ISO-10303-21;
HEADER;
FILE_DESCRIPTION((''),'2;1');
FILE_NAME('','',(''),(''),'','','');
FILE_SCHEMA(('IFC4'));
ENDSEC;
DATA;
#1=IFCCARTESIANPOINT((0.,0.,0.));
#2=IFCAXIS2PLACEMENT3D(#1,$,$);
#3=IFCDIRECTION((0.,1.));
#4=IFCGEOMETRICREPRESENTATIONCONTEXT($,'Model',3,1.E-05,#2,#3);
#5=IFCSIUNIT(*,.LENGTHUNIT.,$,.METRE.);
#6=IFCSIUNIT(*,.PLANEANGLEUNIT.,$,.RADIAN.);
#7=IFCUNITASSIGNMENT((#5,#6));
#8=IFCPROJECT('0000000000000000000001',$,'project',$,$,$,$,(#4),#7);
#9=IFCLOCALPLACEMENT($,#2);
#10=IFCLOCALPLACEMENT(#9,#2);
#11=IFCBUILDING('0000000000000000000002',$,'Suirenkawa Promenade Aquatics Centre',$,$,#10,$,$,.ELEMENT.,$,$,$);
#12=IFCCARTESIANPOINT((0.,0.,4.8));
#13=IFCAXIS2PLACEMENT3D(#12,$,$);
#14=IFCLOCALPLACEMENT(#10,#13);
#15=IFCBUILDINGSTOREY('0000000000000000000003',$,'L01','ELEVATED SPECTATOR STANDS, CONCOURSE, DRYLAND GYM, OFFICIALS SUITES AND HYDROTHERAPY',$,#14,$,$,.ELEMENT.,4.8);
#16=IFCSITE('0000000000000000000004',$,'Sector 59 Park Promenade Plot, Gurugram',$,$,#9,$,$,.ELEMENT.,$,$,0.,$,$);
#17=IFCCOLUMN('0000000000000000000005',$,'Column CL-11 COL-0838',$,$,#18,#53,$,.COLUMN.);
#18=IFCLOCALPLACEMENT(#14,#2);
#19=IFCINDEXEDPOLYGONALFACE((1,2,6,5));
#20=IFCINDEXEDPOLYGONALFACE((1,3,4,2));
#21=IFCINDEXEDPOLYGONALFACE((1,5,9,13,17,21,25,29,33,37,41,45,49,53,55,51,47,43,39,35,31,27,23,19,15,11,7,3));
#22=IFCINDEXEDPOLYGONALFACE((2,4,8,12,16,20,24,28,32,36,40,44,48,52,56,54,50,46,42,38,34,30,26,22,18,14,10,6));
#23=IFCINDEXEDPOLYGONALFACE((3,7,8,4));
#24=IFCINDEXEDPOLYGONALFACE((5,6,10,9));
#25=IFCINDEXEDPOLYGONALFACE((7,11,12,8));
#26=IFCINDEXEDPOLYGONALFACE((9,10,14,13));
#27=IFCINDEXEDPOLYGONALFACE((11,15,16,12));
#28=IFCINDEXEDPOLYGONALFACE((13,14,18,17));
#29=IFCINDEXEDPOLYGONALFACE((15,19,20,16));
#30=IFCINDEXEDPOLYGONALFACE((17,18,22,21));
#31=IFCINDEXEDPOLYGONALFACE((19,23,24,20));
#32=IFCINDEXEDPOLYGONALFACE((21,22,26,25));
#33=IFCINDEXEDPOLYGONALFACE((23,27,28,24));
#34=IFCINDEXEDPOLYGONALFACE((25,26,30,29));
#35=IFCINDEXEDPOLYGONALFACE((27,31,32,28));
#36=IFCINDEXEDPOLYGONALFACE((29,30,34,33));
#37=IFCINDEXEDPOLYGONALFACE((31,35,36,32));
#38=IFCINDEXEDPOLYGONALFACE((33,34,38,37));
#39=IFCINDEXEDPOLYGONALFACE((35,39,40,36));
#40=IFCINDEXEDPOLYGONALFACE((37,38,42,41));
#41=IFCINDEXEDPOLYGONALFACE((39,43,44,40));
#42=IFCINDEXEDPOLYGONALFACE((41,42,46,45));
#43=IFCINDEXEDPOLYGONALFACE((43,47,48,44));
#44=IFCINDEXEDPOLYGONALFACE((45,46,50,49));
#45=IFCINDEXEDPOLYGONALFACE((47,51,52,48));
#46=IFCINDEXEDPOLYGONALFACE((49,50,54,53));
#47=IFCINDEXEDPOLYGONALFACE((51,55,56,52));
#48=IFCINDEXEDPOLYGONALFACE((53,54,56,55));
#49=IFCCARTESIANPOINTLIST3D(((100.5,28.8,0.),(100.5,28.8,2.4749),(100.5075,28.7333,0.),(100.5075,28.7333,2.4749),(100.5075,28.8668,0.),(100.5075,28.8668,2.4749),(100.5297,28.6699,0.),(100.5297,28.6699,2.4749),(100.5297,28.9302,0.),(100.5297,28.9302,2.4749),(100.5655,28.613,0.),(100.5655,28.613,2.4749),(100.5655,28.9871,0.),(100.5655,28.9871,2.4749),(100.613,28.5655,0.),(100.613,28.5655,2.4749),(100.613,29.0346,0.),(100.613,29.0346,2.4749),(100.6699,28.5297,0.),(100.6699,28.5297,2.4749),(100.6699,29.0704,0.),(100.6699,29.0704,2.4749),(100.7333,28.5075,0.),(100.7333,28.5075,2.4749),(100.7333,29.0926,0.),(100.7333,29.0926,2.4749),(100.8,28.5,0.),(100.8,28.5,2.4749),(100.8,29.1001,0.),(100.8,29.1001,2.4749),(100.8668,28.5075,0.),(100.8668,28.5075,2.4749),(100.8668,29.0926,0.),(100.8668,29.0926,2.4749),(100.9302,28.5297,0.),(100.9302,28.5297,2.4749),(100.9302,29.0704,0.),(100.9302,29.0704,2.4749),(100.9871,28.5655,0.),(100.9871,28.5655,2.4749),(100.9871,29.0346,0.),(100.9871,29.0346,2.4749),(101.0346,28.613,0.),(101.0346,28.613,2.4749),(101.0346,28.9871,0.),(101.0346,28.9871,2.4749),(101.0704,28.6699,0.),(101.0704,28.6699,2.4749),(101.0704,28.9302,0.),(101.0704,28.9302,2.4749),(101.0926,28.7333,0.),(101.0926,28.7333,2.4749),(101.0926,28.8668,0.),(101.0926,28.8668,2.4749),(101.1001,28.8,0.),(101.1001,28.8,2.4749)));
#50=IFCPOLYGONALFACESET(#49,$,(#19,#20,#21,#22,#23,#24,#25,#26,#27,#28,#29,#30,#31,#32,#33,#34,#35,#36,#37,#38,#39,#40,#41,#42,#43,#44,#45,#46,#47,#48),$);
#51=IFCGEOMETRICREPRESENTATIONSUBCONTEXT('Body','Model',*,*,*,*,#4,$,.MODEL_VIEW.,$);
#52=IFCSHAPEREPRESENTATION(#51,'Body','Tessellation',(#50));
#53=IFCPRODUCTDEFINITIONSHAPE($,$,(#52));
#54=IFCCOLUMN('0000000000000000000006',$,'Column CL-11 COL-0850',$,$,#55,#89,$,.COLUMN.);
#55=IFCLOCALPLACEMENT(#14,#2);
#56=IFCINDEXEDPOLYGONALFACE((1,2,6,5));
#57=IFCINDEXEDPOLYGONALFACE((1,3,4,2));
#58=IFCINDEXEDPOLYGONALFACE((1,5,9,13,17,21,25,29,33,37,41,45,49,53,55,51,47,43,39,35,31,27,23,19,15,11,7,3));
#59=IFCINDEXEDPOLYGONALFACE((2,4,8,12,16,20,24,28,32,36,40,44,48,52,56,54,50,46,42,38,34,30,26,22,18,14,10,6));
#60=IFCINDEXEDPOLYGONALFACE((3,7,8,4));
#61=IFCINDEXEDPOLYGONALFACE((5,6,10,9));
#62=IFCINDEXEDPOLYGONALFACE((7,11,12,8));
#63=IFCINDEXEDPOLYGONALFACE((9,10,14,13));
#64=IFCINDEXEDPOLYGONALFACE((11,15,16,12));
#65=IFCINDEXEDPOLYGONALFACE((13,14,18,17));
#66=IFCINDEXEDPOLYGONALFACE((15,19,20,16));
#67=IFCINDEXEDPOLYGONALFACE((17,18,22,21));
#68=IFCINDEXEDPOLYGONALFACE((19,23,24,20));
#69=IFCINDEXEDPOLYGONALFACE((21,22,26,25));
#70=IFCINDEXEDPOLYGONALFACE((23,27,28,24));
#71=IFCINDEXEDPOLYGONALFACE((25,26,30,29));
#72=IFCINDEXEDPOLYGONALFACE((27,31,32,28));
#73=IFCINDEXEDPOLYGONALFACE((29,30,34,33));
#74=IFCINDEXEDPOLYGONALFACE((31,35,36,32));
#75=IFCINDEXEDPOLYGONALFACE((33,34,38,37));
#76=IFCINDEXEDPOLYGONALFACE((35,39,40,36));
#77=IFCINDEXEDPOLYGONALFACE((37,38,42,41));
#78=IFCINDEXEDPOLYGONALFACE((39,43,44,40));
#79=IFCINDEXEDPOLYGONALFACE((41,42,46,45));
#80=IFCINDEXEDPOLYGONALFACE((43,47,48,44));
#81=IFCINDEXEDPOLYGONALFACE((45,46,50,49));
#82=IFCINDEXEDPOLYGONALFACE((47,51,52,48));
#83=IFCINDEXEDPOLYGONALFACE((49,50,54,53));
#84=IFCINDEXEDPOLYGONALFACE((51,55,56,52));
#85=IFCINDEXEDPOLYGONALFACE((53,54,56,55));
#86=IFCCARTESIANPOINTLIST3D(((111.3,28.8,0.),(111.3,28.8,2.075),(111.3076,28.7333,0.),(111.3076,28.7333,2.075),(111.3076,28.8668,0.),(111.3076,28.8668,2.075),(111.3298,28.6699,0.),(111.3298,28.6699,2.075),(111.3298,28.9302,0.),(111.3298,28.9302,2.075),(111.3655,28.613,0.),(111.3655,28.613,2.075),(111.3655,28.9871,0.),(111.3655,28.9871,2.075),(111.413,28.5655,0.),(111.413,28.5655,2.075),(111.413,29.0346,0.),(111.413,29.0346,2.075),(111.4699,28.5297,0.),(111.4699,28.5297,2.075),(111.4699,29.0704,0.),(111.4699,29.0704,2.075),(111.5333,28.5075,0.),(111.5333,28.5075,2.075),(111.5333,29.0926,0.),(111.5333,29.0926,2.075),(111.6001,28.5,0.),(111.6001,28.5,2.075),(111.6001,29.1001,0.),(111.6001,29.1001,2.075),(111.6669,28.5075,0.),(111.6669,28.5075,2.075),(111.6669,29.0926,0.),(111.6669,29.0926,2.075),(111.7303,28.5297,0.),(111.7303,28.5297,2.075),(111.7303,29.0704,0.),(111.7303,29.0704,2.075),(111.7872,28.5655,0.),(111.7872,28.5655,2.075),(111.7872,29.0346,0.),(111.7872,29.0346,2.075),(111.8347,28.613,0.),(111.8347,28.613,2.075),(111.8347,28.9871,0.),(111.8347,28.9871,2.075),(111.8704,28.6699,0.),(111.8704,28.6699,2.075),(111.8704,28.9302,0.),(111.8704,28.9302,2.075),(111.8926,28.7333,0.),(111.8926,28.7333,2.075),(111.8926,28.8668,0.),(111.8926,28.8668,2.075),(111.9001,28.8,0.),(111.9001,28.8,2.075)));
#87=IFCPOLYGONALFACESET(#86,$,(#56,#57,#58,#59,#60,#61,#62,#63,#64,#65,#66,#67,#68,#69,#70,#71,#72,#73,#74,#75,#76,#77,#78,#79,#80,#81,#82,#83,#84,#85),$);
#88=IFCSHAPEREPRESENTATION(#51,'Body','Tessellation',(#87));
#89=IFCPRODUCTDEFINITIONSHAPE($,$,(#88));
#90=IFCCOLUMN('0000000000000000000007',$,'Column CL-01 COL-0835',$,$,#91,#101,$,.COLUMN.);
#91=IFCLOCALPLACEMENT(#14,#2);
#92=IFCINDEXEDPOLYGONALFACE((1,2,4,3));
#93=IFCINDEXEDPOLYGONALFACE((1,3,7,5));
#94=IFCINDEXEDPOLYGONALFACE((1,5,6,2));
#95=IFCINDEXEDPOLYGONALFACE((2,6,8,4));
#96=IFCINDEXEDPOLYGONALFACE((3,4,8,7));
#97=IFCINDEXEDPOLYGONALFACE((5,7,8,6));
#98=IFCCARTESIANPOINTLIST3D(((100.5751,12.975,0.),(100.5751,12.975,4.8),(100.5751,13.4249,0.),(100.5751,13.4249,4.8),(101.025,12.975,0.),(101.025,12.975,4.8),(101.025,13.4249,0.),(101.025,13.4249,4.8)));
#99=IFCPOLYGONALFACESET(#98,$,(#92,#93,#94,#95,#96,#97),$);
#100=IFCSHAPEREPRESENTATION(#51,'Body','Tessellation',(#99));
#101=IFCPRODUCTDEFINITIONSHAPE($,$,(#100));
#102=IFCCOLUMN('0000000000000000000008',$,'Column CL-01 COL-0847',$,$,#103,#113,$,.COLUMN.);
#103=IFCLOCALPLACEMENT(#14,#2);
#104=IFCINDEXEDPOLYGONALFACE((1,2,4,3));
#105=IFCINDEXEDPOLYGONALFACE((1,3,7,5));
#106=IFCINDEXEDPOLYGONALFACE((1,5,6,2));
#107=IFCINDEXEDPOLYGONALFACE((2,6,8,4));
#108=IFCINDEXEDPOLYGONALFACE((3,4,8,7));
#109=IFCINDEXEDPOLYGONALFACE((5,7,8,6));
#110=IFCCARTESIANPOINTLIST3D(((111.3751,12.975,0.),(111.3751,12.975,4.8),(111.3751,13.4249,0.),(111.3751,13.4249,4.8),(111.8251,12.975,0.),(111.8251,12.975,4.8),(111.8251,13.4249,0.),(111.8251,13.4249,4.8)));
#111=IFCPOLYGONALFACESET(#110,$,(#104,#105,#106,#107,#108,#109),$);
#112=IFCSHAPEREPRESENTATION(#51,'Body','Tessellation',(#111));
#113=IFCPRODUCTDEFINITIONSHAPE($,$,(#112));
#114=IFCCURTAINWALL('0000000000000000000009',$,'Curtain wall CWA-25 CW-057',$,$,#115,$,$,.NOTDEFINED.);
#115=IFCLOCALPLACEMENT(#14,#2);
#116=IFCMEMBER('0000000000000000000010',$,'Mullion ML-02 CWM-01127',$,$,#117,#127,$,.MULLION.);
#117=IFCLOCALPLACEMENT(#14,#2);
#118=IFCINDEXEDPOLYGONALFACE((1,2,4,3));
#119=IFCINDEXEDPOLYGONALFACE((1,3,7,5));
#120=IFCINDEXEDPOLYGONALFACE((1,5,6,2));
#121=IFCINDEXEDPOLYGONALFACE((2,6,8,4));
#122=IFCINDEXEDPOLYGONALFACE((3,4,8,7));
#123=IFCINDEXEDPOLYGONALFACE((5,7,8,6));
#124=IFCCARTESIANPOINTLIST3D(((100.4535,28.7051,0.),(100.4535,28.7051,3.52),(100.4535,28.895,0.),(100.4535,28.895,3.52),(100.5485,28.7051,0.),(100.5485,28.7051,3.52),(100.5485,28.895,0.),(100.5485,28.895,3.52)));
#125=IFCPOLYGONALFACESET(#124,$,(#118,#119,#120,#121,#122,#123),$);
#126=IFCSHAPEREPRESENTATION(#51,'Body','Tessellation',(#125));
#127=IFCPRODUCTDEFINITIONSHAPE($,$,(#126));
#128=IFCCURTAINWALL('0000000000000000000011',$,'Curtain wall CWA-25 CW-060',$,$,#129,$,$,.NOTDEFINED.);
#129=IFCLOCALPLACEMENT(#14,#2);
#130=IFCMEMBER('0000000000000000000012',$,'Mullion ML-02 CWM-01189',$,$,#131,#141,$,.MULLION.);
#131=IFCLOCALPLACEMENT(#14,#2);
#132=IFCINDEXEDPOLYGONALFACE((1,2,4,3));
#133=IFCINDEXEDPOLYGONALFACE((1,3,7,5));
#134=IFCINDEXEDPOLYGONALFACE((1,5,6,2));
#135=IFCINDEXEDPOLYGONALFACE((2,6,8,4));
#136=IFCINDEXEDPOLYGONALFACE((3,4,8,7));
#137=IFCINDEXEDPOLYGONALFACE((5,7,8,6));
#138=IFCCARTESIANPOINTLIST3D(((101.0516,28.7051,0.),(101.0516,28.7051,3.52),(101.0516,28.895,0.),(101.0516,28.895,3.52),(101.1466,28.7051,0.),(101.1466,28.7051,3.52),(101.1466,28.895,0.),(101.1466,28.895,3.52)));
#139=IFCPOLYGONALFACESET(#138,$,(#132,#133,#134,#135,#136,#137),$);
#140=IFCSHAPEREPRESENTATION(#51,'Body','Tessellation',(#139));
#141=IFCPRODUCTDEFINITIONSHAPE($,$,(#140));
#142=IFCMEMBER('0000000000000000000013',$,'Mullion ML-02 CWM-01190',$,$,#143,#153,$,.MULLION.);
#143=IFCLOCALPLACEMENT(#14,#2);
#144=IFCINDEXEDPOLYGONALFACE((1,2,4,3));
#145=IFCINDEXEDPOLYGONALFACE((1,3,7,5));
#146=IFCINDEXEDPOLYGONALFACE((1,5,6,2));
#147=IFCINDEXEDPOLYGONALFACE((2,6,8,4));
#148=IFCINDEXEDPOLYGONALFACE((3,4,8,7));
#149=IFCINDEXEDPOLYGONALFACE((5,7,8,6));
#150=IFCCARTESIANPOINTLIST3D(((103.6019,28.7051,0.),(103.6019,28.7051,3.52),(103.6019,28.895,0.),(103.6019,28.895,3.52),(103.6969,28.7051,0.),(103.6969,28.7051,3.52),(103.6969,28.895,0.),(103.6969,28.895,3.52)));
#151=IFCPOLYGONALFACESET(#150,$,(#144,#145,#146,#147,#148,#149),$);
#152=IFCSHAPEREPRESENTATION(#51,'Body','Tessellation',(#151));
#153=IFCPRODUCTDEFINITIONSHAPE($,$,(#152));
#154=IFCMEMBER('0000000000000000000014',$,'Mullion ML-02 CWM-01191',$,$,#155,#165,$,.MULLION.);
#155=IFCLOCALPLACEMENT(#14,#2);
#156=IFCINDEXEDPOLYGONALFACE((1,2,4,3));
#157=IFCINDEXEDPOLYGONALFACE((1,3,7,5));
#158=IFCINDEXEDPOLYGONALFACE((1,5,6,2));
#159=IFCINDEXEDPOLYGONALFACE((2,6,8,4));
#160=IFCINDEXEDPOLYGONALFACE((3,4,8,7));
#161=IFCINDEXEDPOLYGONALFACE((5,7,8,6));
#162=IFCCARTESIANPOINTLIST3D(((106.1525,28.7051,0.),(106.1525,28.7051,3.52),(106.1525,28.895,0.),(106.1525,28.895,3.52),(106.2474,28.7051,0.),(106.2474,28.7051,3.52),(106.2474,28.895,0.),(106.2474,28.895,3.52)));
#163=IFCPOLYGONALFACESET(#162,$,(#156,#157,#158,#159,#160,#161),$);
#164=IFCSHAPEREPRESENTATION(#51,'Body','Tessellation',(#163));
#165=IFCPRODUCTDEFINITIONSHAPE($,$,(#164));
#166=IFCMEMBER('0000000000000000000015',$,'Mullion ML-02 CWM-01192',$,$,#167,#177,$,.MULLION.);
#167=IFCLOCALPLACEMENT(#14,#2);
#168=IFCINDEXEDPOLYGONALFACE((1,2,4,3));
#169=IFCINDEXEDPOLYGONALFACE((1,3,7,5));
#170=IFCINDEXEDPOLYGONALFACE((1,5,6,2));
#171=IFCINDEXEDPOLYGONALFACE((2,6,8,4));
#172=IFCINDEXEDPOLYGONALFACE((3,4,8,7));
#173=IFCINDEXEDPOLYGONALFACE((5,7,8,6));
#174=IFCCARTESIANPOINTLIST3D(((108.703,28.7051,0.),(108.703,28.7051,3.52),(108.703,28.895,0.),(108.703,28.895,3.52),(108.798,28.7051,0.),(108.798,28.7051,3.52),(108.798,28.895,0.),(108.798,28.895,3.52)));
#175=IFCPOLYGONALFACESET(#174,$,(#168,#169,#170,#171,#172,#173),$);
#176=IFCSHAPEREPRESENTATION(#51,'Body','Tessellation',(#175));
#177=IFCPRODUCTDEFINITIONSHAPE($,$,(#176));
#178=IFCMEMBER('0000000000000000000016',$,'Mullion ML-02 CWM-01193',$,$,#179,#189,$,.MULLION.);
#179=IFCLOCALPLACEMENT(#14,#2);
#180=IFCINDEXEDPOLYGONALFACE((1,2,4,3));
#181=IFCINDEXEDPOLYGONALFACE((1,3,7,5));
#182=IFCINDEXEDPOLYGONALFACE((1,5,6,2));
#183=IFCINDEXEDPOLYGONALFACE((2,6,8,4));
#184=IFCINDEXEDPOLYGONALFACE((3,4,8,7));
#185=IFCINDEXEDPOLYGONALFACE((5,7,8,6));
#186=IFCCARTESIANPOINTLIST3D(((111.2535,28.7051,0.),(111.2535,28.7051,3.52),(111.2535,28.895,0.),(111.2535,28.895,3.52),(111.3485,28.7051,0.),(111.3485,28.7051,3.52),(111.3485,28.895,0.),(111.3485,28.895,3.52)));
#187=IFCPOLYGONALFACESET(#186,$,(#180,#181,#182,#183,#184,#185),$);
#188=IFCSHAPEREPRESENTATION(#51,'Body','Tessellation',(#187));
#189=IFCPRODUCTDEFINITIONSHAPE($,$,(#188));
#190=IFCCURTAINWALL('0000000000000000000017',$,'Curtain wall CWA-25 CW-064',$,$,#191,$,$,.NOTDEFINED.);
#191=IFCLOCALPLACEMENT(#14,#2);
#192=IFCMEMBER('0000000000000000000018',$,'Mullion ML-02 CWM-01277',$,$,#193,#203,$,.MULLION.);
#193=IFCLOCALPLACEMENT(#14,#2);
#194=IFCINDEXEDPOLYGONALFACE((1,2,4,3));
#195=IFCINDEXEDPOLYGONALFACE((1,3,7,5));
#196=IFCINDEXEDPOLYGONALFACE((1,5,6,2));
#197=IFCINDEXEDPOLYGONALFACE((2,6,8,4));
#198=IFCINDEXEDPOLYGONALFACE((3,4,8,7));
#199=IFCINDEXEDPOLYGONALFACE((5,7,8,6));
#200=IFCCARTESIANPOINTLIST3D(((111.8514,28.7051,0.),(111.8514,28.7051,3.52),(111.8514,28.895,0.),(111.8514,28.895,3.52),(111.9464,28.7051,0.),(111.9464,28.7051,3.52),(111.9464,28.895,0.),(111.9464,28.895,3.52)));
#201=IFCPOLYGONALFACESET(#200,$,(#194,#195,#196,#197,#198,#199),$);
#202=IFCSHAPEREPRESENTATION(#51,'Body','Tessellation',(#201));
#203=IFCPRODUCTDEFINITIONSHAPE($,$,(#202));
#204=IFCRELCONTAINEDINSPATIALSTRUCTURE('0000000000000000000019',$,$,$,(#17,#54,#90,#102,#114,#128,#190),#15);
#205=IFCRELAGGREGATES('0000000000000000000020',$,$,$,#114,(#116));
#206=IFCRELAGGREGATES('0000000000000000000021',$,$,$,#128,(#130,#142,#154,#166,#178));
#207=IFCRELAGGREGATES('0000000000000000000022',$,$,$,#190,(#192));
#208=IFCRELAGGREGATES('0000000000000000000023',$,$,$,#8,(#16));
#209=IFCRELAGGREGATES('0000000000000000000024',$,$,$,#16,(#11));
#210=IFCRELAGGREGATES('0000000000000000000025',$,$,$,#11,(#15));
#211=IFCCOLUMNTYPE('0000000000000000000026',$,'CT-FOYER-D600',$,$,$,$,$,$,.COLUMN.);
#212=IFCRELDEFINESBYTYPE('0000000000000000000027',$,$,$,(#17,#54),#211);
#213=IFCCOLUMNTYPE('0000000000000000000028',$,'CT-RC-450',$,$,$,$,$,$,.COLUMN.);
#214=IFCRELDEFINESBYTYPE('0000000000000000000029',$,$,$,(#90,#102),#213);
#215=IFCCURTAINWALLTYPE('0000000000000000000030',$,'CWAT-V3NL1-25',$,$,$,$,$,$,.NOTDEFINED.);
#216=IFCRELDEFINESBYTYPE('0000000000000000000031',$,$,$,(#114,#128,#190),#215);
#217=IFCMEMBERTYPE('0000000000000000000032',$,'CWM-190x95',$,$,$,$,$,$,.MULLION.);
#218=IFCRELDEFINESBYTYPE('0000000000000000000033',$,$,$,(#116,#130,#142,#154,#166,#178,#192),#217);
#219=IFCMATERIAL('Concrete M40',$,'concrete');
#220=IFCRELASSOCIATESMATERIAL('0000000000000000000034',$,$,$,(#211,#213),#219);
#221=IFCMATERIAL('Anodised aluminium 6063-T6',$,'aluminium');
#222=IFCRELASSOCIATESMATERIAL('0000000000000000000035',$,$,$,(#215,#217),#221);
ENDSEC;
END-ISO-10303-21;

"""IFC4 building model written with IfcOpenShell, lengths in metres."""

from ifc_helpers import new_model, si_unit, direction, frame, origin, origin_2d, place, context, subcontext, project, spatial, rectangle, circle, extrude, material, material_profile, profile_set, type_object, element, aggregate, save


model = new_model("IFC4")

# Units and contexts
model_context = context("Model", 3, precision=1e-05, world=origin(), true_north=direction((0.0, 1.0)))
body_context = subcontext(model_context, "Body", "Model", "MODEL_VIEW")
ifc_project = project(units=[si_unit("LENGTHUNIT", "METRE"), si_unit("PLANEANGLEUNIT", "RADIAN")], contexts=[model_context])

# Site, building, storey
site_placement = place(None, origin())
site = spatial("IfcSite", under=ifc_project, at=site_placement, Name="Sector 59 Park Promenade Plot, Gurugram", CompositionType="ELEMENT", RefElevation=0.0)
building_placement = place(site_placement, origin())
building = spatial("IfcBuilding", under=site, at=building_placement, Name="Suirenkawa Promenade Aquatics Centre", CompositionType="ELEMENT")
storey_placement = place(building_placement, frame((0.0, 0.0, 4.8)))
storey = spatial("IfcBuildingStorey", under=building, at=storey_placement, Name="L01", Description="ELEVATED SPECTATOR STANDS, CONCOURSE, DRYLAND GYM, OFFICIALS SUITES AND HYDROTHERAPY", CompositionType="ELEMENT", Elevation=4.8)

# Columns
ifc_material_1 = material(Name="Concrete M40", Category="concrete")
ifc_material_profile_1 = material_profile(ifc_material_1, circle(Radius=0.3, at=origin_2d()), Name="RC FOYER D600", Category="concrete")
ifc_profile_set_1 = profile_set([ifc_material_profile_1], Name="Concrete M40")
column_type_1 = type_object("IfcColumnType", Name="CT-FOYER-D600", PredefinedType="COLUMN", material=ifc_profile_set_1)
column_1_placement = place(storey_placement, frame((100.8, 28.8, 0.0), z_axis=(0.0, 0.0, 1.0), x_axis=(1.0, 0.0, 0.0)))
element("IfcColumn", 1, at=column_1_placement, inside=storey, type_object=column_type_1, Name="Column CL-11 COL-0838", PredefinedType="COLUMN", context=body_context, shape_type="SweptSolid", body=[
    extrude(circle(Radius=0.3, at=origin_2d()), origin(), (0.0, 0.0, 1.0), 2.4749),
])
column_2_placement = place(storey_placement, frame((111.6001, 28.8, 0.0), z_axis=(0.0, 0.0, 1.0), x_axis=(1.0, 0.0, 0.0)))
element("IfcColumn", 2, at=column_2_placement, inside=storey, type_object=column_type_1, Name="Column CL-11 COL-0850", PredefinedType="COLUMN", context=body_context, shape_type="SweptSolid", body=[
    extrude(circle(Radius=0.3, at=origin_2d()), origin(), (0.0, 0.0, 1.0), 2.075),
])
ifc_material_profile_2 = material_profile(ifc_material_1, rectangle(XDim=0.45, YDim=0.45, at=origin_2d()), Name="RC COL 450x450", Category="concrete")
ifc_profile_set_2 = profile_set([ifc_material_profile_2], Name="Concrete M40")
column_type_2 = type_object("IfcColumnType", Name="CT-RC-450", PredefinedType="COLUMN", material=ifc_profile_set_2)
for number, where, z_axis, x_axis, name in (
    (3, (100.8, 13.2, 0.0), (0.0, 0.0, 1.0), (1.0, 0.0, 0.0), "Column CL-01 COL-0835"),
    (4, (111.6001, 13.2, 0.0), (0.0, 0.0, 1.0), (1.0, 0.0, 0.0), "Column CL-01 COL-0847"),
):
    element("IfcColumn", number, at=place(storey_placement, frame(where, z_axis=z_axis, x_axis=x_axis)), inside=storey, type_object=column_type_2, Name=name, PredefinedType="COLUMN", context=body_context, shape_type="SweptSolid", body=[
        extrude(rectangle(XDim=0.45, YDim=0.45, at=origin_2d()), origin(), (0.0, 0.0, 1.0), 4.8),
    ])

# Curtain wall, member
ifc_material_2 = material(Name="Anodised aluminium 6063-T6", Category="aluminium")
curtain_wall_type = type_object("IfcCurtainWallType", Name="CWAT-V3NL1-25", PredefinedType="NOTDEFINED", material=ifc_material_2)
curtain_wall_1_placement = place(storey_placement, origin())
curtain_wall_1 = element("IfcCurtainWall", 5, at=curtain_wall_1_placement, inside=storey, type_object=curtain_wall_type, Name="Curtain wall CWA-25 CW-057", PredefinedType="NOTDEFINED")
ifc_material_profile_3 = material_profile(ifc_material_2, rectangle(XDim=0.095, YDim=0.1899, at=origin_2d()), Name="ALU MULL 95x190", Category="aluminium")
ifc_profile_set_3 = profile_set([ifc_material_profile_3], Name="Anodised aluminium 6063-T6")
member_type_1 = type_object("IfcMemberType", Name="CWM-190x95", PredefinedType="MULLION", material=ifc_profile_set_3)
member_1_placement = place(storey_placement, frame((100.501, 28.8, 0.0), z_axis=(0.0, 0.0, 1.0), x_axis=(1.0, 0.0, 0.0)))
member_1 = element("IfcMember", 6, at=member_1_placement, type_object=member_type_1, Name="Mullion ML-02 CWM-01127", PredefinedType="MULLION", context=body_context, shape_type="SweptSolid", body=[
    extrude(rectangle(XDim=0.095, YDim=0.1899, at=origin_2d()), origin(), (0.0, 0.0, 1.0), 3.52),
])

# Curtain wall, members
curtain_wall_2_placement = place(storey_placement, origin())
curtain_wall_2 = element("IfcCurtainWall", 7, at=curtain_wall_2_placement, inside=storey, type_object=curtain_wall_type, Name="Curtain wall CWA-25 CW-060", PredefinedType="NOTDEFINED")
member_2_placement = place(storey_placement, frame((101.0991, 28.8, 0.0), z_axis=(0.0, 0.0, 1.0), x_axis=(1.0, 0.0, 0.0)))
member_2 = element("IfcMember", 8, at=member_2_placement, type_object=member_type_1, Name="Mullion ML-02 CWM-01189", PredefinedType="MULLION", context=body_context, shape_type="SweptSolid", body=[
    extrude(rectangle(XDim=0.095, YDim=0.1899, at=origin_2d()), origin(), (0.0, 0.0, 1.0), 3.52),
])
member_3_placement = place(storey_placement, frame((103.6494, 28.8, 0.0), z_axis=(0.0, 0.0, 1.0), x_axis=(1.0, 0.0, 0.0)))
member_3 = element("IfcMember", 9, at=member_3_placement, type_object=member_type_1, Name="Mullion ML-02 CWM-01190", PredefinedType="MULLION", context=body_context, shape_type="SweptSolid", body=[
    extrude(rectangle(XDim=0.095, YDim=0.1899, at=origin_2d()), origin(), (0.0, 0.0, 1.0), 3.52),
])
member_4_placement = place(storey_placement, frame((106.2, 28.8, 0.0), z_axis=(0.0, 0.0, 1.0), x_axis=(1.0, 0.0, 0.0)))
member_4 = element("IfcMember", 10, at=member_4_placement, type_object=member_type_1, Name="Mullion ML-02 CWM-01191", PredefinedType="MULLION", context=body_context, shape_type="SweptSolid", body=[
    extrude(rectangle(XDim=0.095, YDim=0.1899, at=origin_2d()), origin(), (0.0, 0.0, 1.0), 3.52),
])
member_5_placement = place(storey_placement, frame((108.7505, 28.8, 0.0), z_axis=(0.0, 0.0, 1.0), x_axis=(1.0, 0.0, 0.0)))
member_5 = element("IfcMember", 11, at=member_5_placement, type_object=member_type_1, Name="Mullion ML-02 CWM-01192", PredefinedType="MULLION", context=body_context, shape_type="SweptSolid", body=[
    extrude(rectangle(XDim=0.095, YDim=0.1899, at=origin_2d()), origin(), (0.0, 0.0, 1.0), 3.52),
])
member_6_placement = place(storey_placement, frame((111.301, 28.8, 0.0), z_axis=(0.0, 0.0, 1.0), x_axis=(1.0, 0.0, 0.0)))
member_6 = element("IfcMember", 12, at=member_6_placement, type_object=member_type_1, Name="Mullion ML-02 CWM-01193", PredefinedType="MULLION", context=body_context, shape_type="SweptSolid", body=[
    extrude(rectangle(XDim=0.095, YDim=0.1899, at=origin_2d()), origin(), (0.0, 0.0, 1.0), 3.52),
])

# Curtain wall, member
curtain_wall_3_placement = place(storey_placement, origin())
curtain_wall_3 = element("IfcCurtainWall", 13, at=curtain_wall_3_placement, inside=storey, type_object=curtain_wall_type, Name="Curtain wall CWA-25 CW-064", PredefinedType="NOTDEFINED")
member_7_placement = place(storey_placement, frame((111.8989, 28.8, 0.0), z_axis=(0.0, 0.0, 1.0), x_axis=(1.0, 0.0, 0.0)))
member_7 = element("IfcMember", 14, at=member_7_placement, type_object=member_type_1, Name="Mullion ML-02 CWM-01277", PredefinedType="MULLION", context=body_context, shape_type="SweptSolid", body=[
    extrude(rectangle(XDim=0.095, YDim=0.1899, at=origin_2d()), origin(), (0.0, 0.0, 1.0), 3.52),
])

aggregate(curtain_wall_1, [member_1])
aggregate(curtain_wall_2, [member_2, member_3, member_4, member_5, member_6])
aggregate(curtain_wall_3, [member_7])

save(model, "model.ifc")
